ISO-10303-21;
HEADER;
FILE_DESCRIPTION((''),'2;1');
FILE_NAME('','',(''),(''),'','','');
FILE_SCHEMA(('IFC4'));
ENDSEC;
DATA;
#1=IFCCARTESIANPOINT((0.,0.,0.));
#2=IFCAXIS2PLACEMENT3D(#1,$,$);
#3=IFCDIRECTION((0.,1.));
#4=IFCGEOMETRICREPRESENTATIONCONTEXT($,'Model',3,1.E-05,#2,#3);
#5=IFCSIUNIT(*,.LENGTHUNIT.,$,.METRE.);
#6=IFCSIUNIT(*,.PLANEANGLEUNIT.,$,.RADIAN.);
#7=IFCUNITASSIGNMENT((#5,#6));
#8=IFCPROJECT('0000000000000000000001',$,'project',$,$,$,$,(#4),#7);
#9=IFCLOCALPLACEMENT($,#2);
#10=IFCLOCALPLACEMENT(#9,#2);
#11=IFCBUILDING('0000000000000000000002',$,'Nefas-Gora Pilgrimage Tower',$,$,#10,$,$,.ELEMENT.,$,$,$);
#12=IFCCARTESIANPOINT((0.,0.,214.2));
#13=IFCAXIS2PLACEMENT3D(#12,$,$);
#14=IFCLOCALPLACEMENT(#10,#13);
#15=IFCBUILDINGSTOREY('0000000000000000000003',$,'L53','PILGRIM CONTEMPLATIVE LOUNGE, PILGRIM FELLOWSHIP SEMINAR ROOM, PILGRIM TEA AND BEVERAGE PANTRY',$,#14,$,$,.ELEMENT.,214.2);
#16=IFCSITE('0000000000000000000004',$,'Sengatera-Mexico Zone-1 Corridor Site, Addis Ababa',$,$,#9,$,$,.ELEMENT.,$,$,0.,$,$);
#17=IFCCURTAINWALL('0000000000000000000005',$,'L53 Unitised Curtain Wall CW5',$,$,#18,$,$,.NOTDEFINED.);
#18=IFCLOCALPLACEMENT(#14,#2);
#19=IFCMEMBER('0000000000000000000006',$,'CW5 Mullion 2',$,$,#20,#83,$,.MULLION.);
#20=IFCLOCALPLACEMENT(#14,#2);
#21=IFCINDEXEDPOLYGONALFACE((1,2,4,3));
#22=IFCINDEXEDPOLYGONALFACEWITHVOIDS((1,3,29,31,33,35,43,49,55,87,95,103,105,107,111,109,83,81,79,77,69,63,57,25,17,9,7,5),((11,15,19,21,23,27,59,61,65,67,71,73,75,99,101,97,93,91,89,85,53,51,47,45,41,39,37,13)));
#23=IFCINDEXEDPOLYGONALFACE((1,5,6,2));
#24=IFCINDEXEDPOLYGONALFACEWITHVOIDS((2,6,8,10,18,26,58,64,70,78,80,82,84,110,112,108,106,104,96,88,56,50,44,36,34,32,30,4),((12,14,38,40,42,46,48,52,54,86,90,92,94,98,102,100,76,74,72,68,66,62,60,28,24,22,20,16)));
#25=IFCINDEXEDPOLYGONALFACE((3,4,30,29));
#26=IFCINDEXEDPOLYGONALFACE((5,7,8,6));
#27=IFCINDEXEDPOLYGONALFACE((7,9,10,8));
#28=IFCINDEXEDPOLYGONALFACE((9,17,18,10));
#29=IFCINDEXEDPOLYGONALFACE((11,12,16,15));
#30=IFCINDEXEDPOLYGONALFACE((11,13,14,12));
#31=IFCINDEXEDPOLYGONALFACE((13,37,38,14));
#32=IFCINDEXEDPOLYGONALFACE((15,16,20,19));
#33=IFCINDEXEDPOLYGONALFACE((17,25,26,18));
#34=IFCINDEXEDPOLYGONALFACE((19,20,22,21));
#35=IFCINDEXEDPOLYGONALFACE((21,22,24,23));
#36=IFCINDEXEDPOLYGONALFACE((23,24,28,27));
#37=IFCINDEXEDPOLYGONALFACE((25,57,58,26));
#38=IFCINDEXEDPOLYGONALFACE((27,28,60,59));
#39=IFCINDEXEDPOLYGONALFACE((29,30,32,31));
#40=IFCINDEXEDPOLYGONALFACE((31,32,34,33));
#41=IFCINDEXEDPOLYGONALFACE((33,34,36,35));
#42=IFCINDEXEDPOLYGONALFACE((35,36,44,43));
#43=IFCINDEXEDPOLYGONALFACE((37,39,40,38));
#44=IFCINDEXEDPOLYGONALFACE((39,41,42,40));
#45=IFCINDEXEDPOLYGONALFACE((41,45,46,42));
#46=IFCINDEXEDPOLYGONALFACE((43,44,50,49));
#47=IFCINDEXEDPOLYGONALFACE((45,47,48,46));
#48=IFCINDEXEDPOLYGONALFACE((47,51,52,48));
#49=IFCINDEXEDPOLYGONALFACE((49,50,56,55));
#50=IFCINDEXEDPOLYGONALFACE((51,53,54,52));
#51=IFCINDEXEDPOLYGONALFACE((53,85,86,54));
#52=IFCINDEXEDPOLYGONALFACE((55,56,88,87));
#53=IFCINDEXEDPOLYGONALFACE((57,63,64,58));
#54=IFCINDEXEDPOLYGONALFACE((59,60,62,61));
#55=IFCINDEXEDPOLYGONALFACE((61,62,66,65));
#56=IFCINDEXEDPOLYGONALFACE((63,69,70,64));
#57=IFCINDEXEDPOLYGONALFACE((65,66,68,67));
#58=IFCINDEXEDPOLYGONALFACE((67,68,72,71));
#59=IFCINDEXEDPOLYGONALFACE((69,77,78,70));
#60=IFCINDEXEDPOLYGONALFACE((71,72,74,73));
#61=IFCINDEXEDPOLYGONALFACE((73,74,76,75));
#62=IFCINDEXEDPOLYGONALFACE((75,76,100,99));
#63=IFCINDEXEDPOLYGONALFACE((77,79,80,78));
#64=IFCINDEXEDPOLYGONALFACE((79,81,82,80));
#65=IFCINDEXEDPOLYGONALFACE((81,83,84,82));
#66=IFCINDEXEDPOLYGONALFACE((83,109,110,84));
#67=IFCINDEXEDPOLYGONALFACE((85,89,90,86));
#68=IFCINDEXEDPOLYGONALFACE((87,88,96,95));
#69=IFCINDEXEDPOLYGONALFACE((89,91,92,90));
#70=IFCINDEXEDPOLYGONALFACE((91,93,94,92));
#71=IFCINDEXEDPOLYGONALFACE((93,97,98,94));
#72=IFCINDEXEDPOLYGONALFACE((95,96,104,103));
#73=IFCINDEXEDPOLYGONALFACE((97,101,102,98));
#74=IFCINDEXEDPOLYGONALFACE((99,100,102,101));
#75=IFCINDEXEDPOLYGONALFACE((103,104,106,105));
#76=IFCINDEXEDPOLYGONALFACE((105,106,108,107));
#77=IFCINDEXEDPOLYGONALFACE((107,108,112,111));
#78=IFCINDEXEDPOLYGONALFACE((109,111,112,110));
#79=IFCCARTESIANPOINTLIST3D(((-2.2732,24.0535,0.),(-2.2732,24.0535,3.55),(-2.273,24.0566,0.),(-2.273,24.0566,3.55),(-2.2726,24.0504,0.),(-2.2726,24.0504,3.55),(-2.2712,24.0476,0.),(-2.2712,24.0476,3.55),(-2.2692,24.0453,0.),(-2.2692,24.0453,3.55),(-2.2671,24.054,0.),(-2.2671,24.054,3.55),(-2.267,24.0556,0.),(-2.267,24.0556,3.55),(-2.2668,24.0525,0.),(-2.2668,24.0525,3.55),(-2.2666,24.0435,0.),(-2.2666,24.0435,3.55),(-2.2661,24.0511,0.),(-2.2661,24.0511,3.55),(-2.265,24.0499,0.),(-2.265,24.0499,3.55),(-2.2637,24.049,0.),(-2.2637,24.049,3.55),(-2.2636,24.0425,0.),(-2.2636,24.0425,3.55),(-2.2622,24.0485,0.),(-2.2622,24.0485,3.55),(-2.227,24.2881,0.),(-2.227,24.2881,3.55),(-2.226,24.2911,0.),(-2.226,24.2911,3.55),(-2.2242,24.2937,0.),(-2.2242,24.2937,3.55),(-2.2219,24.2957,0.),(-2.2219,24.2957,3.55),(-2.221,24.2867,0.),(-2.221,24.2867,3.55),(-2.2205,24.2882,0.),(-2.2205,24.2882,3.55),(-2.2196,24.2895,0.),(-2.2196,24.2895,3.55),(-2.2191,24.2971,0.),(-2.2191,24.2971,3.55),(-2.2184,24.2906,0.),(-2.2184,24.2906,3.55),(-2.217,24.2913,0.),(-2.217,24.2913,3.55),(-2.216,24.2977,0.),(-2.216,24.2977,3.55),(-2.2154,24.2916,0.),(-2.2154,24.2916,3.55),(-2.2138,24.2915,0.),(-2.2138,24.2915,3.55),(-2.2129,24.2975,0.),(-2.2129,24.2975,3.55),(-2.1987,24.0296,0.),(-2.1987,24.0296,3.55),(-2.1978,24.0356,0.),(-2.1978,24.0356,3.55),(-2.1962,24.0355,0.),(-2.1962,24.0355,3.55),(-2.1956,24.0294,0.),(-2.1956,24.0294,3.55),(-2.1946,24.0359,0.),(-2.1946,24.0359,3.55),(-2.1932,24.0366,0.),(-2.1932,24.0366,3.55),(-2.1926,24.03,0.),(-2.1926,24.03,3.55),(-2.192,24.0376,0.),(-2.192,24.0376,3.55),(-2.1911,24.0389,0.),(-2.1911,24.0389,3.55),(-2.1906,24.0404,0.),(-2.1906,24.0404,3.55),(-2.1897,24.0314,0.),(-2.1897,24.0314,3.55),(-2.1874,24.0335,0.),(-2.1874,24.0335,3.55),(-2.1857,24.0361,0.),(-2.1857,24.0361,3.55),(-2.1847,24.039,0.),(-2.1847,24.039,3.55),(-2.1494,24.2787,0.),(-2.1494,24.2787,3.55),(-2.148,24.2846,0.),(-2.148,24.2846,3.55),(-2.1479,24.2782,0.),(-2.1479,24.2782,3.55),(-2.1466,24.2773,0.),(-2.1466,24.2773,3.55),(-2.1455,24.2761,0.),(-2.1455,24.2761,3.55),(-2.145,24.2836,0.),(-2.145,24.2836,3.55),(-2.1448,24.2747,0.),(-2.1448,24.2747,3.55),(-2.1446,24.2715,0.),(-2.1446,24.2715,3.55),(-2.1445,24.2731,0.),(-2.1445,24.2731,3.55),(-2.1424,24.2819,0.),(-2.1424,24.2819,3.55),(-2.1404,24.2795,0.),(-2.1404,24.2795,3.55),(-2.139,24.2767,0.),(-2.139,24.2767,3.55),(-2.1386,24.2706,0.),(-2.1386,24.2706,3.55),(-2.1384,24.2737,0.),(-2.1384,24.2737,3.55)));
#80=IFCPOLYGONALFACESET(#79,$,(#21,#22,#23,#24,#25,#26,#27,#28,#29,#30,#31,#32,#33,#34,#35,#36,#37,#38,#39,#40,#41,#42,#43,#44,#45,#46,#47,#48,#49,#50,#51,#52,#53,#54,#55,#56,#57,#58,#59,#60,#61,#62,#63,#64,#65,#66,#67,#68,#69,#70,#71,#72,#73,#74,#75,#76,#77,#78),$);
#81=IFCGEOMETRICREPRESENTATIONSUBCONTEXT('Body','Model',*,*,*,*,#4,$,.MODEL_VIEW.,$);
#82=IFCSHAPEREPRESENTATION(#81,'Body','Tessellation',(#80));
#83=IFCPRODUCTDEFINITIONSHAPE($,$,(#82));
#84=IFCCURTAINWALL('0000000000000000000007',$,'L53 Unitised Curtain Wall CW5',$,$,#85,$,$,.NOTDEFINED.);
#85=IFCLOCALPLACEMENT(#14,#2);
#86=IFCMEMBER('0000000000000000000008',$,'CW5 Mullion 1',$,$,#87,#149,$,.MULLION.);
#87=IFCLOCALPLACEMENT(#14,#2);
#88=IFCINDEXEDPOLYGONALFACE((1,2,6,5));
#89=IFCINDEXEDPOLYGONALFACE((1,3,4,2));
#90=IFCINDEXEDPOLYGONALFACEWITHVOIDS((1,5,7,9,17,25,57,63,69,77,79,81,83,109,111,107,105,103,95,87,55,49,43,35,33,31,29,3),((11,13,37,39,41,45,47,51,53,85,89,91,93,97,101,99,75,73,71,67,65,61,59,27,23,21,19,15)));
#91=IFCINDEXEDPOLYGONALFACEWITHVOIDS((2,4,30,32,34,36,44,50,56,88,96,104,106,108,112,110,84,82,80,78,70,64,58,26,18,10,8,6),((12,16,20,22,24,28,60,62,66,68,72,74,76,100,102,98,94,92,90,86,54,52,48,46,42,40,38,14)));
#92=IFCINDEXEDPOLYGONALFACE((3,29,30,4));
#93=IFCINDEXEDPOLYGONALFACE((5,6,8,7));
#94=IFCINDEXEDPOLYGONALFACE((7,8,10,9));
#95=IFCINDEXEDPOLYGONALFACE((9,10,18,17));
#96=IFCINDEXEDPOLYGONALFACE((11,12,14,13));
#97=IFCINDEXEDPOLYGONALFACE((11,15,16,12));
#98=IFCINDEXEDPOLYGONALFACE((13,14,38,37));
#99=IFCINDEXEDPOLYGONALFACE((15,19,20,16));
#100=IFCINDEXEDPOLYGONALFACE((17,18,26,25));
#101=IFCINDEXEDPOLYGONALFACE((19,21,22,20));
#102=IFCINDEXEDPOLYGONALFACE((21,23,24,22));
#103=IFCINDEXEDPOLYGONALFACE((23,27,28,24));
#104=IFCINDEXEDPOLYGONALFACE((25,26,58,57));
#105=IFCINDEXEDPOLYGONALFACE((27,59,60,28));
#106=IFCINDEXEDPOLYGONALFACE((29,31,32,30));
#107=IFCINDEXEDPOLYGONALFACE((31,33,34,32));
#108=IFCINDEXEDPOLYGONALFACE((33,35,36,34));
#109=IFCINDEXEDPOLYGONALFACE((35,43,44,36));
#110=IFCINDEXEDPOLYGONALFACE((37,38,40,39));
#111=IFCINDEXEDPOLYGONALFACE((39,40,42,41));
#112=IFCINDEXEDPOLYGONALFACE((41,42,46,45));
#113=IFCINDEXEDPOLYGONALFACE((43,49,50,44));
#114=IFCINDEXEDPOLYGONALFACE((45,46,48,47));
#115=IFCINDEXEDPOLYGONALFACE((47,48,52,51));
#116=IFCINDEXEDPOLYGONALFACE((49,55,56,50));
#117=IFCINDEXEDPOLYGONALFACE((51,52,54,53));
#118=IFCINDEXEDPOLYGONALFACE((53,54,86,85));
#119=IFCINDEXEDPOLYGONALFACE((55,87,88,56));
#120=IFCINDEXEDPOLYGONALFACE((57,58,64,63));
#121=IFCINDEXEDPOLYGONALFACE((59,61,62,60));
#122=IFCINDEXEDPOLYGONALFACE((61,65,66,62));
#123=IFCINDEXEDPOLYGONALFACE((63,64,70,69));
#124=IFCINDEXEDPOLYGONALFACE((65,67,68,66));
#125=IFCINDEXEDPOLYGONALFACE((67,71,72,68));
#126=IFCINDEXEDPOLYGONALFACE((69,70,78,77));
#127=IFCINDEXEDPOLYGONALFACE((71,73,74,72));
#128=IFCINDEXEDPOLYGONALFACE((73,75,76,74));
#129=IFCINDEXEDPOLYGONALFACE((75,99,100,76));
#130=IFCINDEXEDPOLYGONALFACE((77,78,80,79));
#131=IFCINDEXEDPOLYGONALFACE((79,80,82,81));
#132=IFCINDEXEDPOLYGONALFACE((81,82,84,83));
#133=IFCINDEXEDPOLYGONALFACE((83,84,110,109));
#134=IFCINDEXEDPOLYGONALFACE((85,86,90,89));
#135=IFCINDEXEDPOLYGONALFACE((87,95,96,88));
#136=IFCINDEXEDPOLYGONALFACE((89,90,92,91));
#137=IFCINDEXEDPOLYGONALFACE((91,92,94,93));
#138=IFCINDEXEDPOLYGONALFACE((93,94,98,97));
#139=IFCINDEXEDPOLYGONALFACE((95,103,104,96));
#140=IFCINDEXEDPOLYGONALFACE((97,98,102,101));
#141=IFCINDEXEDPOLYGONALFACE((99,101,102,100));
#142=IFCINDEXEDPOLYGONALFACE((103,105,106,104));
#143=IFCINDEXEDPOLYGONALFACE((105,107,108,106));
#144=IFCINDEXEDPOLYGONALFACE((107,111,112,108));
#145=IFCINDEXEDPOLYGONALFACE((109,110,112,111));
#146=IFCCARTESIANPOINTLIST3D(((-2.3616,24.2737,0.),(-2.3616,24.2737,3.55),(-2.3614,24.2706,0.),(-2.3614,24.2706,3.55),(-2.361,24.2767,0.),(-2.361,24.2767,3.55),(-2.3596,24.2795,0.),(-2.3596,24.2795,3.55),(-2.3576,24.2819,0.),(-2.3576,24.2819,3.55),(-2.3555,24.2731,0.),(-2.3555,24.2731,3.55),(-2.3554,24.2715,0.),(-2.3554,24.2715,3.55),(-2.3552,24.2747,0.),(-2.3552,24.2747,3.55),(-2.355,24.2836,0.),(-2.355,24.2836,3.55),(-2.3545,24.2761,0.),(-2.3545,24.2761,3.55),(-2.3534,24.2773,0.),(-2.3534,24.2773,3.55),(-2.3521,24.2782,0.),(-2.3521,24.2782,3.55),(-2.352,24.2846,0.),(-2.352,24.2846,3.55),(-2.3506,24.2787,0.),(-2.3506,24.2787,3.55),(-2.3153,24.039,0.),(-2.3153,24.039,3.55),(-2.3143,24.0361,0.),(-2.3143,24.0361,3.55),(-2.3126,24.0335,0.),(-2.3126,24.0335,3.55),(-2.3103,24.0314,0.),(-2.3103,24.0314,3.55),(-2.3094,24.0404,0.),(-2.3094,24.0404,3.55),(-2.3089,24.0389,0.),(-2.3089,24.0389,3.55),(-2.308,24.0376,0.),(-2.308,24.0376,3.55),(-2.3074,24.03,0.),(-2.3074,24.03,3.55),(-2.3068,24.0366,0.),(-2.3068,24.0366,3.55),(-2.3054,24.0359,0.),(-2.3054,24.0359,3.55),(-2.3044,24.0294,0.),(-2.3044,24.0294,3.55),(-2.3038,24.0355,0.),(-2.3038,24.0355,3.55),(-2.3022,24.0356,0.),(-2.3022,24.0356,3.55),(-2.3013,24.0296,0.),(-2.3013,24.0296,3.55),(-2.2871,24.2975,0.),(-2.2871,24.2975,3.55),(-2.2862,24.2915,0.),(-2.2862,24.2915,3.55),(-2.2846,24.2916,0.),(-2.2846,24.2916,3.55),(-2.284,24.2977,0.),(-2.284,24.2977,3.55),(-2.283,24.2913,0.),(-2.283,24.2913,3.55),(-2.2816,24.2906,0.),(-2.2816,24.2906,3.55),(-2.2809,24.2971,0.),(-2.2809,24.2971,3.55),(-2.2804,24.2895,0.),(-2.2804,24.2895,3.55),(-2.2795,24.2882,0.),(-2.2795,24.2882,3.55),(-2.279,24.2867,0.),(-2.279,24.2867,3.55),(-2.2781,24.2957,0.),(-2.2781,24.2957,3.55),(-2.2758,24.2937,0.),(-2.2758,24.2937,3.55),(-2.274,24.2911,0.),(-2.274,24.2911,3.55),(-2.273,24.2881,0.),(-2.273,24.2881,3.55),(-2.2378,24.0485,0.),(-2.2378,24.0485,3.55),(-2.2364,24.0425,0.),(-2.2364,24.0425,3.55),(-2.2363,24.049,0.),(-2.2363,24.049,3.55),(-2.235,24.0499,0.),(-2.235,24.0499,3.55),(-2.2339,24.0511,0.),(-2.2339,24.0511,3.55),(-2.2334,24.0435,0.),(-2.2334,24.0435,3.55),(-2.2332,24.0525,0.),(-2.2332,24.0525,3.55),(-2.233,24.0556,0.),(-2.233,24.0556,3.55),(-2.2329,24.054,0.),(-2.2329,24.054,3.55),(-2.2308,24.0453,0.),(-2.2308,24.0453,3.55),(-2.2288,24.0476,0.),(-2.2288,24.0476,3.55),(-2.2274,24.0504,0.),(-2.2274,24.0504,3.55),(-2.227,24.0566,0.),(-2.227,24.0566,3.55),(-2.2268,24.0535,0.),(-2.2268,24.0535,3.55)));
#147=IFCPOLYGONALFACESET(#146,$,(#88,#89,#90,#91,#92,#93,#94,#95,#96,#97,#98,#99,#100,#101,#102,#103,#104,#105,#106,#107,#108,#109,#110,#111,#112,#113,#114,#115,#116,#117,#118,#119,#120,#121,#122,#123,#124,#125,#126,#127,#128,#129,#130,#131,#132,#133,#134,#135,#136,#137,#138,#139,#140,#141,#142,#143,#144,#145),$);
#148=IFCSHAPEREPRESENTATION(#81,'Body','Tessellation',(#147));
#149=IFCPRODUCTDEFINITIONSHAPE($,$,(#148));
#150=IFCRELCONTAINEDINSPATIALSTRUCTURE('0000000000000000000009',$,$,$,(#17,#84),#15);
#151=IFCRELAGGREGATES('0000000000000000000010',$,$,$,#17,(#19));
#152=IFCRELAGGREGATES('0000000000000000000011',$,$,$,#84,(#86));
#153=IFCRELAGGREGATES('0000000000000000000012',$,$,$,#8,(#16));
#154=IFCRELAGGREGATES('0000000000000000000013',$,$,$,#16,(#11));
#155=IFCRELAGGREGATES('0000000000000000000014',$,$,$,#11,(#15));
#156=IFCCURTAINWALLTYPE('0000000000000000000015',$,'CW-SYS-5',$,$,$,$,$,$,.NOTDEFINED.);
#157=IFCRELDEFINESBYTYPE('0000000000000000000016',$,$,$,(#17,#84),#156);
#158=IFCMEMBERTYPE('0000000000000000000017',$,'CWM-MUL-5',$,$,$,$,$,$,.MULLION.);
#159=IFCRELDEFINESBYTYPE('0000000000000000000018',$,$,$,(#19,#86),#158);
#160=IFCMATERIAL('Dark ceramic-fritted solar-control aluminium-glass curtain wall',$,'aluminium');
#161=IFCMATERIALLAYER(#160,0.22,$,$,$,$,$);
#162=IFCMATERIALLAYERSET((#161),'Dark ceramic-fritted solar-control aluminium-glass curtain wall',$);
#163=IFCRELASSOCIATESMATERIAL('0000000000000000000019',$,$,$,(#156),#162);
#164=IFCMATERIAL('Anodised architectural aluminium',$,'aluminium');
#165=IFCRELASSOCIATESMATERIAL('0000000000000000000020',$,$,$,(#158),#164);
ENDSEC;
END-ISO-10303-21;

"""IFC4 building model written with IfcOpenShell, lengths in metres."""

from ifc_helpers import new_model, si_unit, direction, frame, origin, origin_2d, place, context, subcontext, project, spatial, hollow_rectangle, extrude, source, transform, mapped, material, layer, layer_set, material_profile, profile_set, type_object, element, aggregate, save


model = new_model("IFC4")

# Units and contexts
model_context = context("Model", 3, precision=1e-05, world=origin(), true_north=direction((0.0, 1.0)))
body_context = subcontext(model_context, "Body", "Model", "MODEL_VIEW")
ifc_project = project(units=[si_unit("LENGTHUNIT", "METRE"), si_unit("PLANEANGLEUNIT", "RADIAN")], contexts=[model_context])

# Site, building, storey
site_placement = place(None, origin())
site = spatial("IfcSite", under=ifc_project, at=site_placement, Name="Sengatera-Mexico Zone-1 Corridor Site, Addis Ababa", CompositionType="ELEMENT", RefElevation=0.0)
building_placement = place(site_placement, origin())
building = spatial("IfcBuilding", under=site, at=building_placement, Name="Nefas-Gora Pilgrimage Tower", CompositionType="ELEMENT")
storey_placement = place(building_placement, frame((0.0, 0.0, 214.2)))
storey = spatial("IfcBuildingStorey", under=building, at=storey_placement, Name="L53", Description="PILGRIM CONTEMPLATIVE LOUNGE, PILGRIM FELLOWSHIP SEMINAR ROOM, PILGRIM TEA AND BEVERAGE PANTRY", CompositionType="ELEMENT", Elevation=214.2)

# Curtain wall, member
ifc_material_1 = material(Name="Dark ceramic-fritted solar-control aluminium-glass curtain wall", Category="aluminium")
ifc_layer_1 = layer(ifc_material_1, 0.22)
ifc_layer_set_1 = layer_set([ifc_layer_1], Name="Dark ceramic-fritted solar-control aluminium-glass curtain wall")
curtain_wall_type = type_object("IfcCurtainWallType", Name="CW-SYS-5", PredefinedType="NOTDEFINED", material=ifc_layer_set_1)
curtain_wall_1_placement = place(storey_placement, origin())
curtain_wall_1 = element("IfcCurtainWall", 1, at=curtain_wall_1_placement, inside=storey, type_object=curtain_wall_type, Name="L53 Unitised Curtain Wall CW5", PredefinedType="NOTDEFINED")
ifc_material_2 = material(Name="Anodised architectural aluminium", Category="aluminium")
ifc_material_profile_1 = material_profile(ifc_material_2, hollow_rectangle(XDim=0.0901, YDim=0.26, WallThickness=0.0061, InnerFilletRadius=0.0061, OuterFilletRadius=0.012, at=origin_2d()), Name="ALU MULLION 90x260")
ifc_profile_set_1 = profile_set([ifc_material_profile_1], Name="Anodised architectural aluminium")
member_type_1 = type_object("IfcMemberType", Name="CWM-MUL-5", PredefinedType="MULLION", material=ifc_profile_set_1)
shared_shape_1 = source(origin(), body_context, "Body", "SweptSolid", [
    extrude(hollow_rectangle(XDim=0.0901, YDim=0.26, WallThickness=0.0061, InnerFilletRadius=0.0061, OuterFilletRadius=0.012, at=origin_2d()), origin(), (0.0, 0.0, 1.0), 3.55),
])
member_1_placement = place(storey_placement, frame((-2.2058, 24.1636, 0.0), z_axis=(0.0, 0.0, 1.0), x_axis=(-0.980783, 0.195102, 0.0)))
member_1 = element("IfcMember", 2, at=member_1_placement, type_object=member_type_1, Name="CW5 Mullion 2", PredefinedType="MULLION", context=body_context, shape_type="MappedRepresentation", body=[
    mapped(shared_shape_1, transform((0.0, 0.0, 0.0), x_axis=(1.0, 0.0, 0.0), y_axis=(0.0, 1.0, 0.0), z_axis=(0.0, 0.0, 1.0), scale=1.0)),
])
aggregate(curtain_wall_1, [member_1])

# Curtain wall, member
curtain_wall_2_placement = place(storey_placement, origin())
curtain_wall_2 = element("IfcCurtainWall", 3, at=curtain_wall_2_placement, inside=storey, type_object=curtain_wall_type, Name="L53 Unitised Curtain Wall CW5", PredefinedType="NOTDEFINED")
member_2_placement = place(storey_placement, frame((-2.2942, 24.1636, 0.0), z_axis=(0.0, 0.0, 1.0), x_axis=(-0.980783, -0.195102, 0.0)))
member_2 = element("IfcMember", 4, at=member_2_placement, type_object=member_type_1, Name="CW5 Mullion 1", PredefinedType="MULLION", context=body_context, shape_type="MappedRepresentation", body=[
    mapped(shared_shape_1, transform((0.0, 0.0, 0.0), x_axis=(1.0, 0.0, 0.0), y_axis=(0.0, 1.0, 0.0), z_axis=(0.0, 0.0, 1.0), scale=1.0)),
])

aggregate(curtain_wall_2, [member_2])

save(model, "model.ifc")
